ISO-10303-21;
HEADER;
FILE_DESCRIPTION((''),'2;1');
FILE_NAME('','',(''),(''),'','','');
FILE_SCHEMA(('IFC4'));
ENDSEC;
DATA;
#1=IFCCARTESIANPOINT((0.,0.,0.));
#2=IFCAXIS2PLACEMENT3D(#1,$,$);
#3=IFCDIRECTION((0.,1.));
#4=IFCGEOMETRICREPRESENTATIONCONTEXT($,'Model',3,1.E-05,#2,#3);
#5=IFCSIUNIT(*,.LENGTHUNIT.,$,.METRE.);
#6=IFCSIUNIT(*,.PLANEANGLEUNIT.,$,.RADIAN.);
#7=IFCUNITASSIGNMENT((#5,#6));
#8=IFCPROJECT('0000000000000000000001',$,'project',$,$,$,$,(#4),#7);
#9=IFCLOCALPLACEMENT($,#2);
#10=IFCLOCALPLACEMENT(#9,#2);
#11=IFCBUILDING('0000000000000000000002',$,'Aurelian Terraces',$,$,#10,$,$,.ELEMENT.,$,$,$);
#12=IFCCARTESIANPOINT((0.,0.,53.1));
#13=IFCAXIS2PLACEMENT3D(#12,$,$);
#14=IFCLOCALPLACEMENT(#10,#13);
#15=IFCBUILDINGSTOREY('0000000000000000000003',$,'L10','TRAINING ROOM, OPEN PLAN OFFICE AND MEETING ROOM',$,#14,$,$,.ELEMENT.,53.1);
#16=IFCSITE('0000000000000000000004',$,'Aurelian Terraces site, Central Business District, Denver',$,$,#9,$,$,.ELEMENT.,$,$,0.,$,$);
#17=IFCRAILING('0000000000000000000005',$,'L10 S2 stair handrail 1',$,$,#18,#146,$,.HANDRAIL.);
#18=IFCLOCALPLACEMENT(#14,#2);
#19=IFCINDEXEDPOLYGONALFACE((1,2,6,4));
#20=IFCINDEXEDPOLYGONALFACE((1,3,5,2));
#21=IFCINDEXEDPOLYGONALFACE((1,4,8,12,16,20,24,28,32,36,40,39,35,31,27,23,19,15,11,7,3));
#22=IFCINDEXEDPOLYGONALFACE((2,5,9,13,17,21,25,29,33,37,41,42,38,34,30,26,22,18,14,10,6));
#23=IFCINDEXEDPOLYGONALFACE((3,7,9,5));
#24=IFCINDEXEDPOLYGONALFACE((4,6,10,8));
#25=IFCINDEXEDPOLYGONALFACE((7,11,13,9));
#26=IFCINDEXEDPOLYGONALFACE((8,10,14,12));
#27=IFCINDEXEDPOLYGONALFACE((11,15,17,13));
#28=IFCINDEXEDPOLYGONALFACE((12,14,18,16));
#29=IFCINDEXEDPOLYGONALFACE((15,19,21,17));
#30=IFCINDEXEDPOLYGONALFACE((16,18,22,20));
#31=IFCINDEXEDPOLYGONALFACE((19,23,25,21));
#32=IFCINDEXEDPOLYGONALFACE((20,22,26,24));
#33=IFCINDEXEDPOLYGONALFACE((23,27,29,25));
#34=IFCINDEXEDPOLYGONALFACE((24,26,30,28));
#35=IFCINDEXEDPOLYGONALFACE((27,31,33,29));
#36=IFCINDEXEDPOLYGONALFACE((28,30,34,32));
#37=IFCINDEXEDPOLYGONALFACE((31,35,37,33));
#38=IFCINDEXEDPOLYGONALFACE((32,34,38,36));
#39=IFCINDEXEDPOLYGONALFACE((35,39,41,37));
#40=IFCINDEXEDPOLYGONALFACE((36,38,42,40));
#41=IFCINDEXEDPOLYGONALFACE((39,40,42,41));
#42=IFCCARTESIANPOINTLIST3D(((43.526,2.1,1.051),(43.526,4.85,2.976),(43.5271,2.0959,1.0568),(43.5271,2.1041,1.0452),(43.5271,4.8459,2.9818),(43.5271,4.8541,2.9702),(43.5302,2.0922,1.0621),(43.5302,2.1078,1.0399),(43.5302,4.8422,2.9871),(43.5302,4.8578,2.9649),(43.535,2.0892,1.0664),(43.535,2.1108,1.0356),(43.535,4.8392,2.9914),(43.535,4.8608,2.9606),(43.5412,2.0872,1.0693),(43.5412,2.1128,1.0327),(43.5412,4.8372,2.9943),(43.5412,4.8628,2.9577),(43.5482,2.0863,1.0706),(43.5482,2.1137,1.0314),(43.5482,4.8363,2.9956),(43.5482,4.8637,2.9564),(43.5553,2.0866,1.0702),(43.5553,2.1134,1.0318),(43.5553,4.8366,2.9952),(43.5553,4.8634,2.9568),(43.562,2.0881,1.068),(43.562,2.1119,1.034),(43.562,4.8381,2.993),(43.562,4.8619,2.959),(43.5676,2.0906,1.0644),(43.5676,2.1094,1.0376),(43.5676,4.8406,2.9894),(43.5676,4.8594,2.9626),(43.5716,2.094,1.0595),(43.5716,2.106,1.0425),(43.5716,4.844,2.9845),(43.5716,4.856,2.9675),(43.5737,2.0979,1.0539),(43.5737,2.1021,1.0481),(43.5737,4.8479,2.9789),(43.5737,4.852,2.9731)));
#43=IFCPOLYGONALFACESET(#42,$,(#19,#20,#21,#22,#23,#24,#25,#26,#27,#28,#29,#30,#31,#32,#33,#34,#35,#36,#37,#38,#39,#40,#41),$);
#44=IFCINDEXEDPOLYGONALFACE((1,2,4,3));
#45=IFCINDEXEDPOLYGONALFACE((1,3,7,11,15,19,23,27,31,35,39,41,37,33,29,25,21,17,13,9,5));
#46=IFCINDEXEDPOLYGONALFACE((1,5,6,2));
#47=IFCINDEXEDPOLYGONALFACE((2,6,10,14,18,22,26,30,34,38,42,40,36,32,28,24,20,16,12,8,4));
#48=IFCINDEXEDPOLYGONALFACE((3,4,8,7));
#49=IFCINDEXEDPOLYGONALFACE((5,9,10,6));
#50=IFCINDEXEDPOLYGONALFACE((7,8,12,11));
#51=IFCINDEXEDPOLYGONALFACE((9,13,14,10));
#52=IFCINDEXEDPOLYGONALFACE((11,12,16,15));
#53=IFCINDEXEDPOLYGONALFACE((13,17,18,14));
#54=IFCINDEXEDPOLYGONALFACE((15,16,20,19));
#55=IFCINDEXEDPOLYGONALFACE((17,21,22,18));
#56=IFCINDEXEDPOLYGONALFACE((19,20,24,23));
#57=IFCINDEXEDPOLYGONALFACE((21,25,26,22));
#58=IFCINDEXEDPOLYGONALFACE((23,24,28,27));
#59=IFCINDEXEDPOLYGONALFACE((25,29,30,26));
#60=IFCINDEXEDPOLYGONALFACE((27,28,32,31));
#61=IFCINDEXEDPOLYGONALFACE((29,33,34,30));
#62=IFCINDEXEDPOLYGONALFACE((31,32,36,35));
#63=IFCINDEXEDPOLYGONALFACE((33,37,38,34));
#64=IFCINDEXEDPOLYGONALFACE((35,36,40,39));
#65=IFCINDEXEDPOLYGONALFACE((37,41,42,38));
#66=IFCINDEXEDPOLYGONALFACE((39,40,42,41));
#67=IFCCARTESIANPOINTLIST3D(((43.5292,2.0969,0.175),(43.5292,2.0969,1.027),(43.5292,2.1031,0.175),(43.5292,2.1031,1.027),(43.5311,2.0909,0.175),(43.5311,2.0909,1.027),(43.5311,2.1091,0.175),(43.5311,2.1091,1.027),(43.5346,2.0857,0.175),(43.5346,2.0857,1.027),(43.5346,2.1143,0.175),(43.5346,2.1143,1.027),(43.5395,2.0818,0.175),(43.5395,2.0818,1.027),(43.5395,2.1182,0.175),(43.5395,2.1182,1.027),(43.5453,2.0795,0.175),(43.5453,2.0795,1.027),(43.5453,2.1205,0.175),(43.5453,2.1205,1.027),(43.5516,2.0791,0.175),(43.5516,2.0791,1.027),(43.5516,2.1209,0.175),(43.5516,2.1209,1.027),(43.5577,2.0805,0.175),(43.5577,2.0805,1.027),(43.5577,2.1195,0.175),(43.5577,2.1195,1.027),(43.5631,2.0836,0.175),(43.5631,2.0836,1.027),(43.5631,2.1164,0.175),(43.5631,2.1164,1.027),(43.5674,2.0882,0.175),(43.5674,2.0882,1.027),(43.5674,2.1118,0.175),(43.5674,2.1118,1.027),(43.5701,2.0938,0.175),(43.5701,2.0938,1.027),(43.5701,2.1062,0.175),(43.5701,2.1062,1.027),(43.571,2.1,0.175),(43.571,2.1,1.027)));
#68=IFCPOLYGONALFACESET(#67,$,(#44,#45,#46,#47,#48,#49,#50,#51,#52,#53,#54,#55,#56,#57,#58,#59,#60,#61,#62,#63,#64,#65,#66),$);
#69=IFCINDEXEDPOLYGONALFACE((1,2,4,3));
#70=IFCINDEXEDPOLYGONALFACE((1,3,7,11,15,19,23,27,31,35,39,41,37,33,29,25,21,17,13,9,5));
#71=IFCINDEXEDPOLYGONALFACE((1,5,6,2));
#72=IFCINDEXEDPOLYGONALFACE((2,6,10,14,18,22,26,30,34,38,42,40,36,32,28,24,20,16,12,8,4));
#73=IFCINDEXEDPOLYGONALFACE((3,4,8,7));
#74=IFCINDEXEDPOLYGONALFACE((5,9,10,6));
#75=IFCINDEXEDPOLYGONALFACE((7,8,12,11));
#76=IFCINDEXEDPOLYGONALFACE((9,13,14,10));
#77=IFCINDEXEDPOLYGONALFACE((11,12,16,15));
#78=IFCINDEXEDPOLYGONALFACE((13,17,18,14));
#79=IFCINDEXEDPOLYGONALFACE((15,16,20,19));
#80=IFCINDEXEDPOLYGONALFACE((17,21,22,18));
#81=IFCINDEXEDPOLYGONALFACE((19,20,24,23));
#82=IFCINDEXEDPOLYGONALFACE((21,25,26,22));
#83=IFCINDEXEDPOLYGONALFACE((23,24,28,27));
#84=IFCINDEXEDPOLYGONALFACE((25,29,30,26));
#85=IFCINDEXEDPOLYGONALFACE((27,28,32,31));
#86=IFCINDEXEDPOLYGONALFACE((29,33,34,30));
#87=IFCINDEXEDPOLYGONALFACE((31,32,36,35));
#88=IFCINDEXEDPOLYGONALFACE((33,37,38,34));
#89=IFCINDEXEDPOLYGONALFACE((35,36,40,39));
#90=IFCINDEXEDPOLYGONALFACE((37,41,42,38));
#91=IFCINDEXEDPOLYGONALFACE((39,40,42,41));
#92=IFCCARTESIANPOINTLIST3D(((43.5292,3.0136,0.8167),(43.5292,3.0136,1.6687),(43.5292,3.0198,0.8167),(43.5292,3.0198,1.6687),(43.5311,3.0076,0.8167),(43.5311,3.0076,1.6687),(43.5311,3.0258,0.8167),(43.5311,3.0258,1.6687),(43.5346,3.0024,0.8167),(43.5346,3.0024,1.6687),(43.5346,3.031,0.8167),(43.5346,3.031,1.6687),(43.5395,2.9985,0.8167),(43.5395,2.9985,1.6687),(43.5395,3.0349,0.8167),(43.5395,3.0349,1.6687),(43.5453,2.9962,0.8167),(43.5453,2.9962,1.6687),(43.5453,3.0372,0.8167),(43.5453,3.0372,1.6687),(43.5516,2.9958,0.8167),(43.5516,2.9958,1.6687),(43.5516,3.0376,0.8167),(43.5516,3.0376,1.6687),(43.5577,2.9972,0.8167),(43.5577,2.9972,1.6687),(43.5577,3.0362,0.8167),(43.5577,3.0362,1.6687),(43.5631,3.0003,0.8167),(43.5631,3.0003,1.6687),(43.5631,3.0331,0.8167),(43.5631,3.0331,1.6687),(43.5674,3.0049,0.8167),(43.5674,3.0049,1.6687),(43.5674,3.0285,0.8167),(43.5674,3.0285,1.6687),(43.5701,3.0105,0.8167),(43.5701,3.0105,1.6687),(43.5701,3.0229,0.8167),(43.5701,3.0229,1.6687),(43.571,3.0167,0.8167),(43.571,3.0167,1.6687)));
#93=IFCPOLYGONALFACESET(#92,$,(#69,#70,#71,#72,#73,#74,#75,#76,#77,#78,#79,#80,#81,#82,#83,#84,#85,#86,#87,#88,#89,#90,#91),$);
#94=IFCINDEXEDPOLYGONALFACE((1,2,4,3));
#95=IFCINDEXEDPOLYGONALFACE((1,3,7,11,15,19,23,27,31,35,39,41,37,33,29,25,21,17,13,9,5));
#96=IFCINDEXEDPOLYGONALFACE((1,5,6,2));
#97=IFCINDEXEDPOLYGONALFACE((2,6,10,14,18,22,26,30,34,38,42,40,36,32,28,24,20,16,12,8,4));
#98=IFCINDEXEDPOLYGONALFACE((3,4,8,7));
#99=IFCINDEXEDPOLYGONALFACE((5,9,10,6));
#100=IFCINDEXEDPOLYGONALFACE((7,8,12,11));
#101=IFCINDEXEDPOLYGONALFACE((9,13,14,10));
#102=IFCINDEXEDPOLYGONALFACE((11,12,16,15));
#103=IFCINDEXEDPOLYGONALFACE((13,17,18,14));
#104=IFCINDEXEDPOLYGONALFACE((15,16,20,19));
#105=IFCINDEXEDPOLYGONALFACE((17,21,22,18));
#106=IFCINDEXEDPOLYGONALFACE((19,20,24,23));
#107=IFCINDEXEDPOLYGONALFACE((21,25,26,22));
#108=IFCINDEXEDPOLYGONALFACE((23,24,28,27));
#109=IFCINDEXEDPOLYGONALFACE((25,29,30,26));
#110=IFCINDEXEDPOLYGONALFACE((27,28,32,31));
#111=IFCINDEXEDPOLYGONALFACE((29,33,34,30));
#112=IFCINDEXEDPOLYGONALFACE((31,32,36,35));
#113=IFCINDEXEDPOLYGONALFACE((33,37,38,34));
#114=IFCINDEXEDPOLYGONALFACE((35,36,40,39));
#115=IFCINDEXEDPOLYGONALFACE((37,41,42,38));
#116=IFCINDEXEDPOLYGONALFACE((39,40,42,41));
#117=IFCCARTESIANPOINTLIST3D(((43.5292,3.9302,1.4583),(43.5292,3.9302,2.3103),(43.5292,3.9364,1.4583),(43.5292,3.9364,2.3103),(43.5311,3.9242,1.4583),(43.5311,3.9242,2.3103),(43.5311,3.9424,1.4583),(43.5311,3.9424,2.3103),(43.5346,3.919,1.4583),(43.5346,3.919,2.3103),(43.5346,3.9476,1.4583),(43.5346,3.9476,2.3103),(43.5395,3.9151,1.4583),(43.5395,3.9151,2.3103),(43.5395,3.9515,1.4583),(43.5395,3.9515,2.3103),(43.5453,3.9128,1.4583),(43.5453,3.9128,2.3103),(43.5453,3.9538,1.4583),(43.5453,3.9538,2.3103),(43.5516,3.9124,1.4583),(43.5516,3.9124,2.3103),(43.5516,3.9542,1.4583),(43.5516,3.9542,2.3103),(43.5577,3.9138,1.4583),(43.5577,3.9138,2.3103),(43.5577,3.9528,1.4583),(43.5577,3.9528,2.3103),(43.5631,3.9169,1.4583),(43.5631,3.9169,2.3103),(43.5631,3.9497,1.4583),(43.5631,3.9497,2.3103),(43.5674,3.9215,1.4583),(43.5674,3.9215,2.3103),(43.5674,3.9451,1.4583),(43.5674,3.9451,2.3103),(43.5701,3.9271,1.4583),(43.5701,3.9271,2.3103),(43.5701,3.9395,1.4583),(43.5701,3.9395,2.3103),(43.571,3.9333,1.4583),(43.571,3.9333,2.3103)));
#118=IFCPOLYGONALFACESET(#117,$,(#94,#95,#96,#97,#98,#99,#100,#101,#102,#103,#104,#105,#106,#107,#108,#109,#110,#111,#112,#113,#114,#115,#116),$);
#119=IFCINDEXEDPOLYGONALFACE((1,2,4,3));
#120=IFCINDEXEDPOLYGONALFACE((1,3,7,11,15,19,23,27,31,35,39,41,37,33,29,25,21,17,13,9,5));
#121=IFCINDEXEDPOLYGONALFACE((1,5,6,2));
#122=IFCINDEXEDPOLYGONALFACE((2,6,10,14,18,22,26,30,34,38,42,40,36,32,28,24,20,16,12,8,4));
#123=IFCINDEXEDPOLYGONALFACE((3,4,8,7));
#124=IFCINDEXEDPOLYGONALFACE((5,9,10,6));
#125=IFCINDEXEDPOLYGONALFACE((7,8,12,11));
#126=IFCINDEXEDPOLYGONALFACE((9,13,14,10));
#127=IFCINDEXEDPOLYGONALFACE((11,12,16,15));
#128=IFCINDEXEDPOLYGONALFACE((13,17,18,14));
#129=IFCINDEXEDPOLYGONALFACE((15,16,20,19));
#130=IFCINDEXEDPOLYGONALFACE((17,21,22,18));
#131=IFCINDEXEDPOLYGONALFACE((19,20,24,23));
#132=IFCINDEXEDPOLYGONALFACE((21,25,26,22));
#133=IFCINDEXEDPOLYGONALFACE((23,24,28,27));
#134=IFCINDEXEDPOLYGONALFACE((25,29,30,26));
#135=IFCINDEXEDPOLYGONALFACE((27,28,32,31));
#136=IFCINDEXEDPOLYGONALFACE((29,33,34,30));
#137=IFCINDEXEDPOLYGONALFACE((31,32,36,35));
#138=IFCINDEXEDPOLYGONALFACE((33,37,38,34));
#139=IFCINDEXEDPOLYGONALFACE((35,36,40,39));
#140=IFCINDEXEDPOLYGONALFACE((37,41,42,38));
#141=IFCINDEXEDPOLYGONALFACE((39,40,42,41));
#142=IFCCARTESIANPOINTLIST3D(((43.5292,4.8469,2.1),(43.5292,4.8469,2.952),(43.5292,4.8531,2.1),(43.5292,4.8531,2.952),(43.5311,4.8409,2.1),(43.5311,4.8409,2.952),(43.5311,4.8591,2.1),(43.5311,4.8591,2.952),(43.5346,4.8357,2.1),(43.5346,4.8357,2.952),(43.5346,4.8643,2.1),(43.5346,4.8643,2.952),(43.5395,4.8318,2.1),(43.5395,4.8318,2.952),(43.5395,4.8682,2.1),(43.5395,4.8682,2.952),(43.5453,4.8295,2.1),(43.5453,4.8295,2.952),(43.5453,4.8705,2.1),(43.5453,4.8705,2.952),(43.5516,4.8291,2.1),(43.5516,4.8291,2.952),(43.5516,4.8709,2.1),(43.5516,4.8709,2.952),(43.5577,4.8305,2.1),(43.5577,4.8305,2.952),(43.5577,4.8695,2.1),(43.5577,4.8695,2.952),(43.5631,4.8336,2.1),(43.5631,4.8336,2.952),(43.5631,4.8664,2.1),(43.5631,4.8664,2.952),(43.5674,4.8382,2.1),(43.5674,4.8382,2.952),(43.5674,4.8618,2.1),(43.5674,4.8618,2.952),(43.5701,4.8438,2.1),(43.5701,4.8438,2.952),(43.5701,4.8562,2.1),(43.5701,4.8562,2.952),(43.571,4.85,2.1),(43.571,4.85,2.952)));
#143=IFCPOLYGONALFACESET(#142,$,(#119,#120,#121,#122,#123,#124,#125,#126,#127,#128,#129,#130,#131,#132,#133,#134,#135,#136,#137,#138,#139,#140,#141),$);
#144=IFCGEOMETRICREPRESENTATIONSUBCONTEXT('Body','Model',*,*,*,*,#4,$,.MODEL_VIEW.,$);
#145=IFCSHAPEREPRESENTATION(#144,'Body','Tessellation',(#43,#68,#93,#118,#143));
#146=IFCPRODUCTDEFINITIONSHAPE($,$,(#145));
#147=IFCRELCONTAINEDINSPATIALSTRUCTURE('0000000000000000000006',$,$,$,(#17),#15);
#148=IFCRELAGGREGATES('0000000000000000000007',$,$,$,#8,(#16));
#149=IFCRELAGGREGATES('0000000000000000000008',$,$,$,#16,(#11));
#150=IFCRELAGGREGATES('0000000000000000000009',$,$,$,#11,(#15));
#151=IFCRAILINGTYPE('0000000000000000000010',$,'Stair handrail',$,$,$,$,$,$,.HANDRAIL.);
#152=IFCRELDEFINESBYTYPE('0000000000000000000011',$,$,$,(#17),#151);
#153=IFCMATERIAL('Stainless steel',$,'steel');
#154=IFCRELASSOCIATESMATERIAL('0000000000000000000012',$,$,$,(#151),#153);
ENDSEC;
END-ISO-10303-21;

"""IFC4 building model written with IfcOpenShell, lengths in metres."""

from ifc_helpers import new_model, si_unit, direction, frame, origin, origin_2d, place, context, subcontext, project, spatial, circle, extrude, source, transform, mapped, material, type_object, element, save


model = new_model("IFC4")

# Units and contexts
model_context = context("Model", 3, precision=1e-05, world=origin(), true_north=direction((0.0, 1.0)))
body_context = subcontext(model_context, "Body", "Model", "MODEL_VIEW")
ifc_project = project(units=[si_unit("LENGTHUNIT", "METRE"), si_unit("PLANEANGLEUNIT", "RADIAN")], contexts=[model_context])

# Site, building, storey
site_placement = place(None, origin())
site = spatial("IfcSite", under=ifc_project, at=site_placement, Name="Aurelian Terraces site, Central Business District, Denver", CompositionType="ELEMENT", RefElevation=0.0)
building_placement = place(site_placement, origin())
building = spatial("IfcBuilding", under=site, at=building_placement, Name="Aurelian Terraces", CompositionType="ELEMENT")
storey_placement = place(building_placement, frame((0.0, 0.0, 53.1)))
storey = spatial("IfcBuildingStorey", under=building, at=storey_placement, Name="L10", Description="TRAINING ROOM, OPEN PLAN OFFICE AND MEETING ROOM", CompositionType="ELEMENT", Elevation=53.1)

# Railing
ifc_material_1 = material(Name="Stainless steel", Category="steel")
railing_type_1 = type_object("IfcRailingType", Name="Stair handrail", PredefinedType="HANDRAIL", material=ifc_material_1)
shared_shape_1 = source(origin(), body_context, "Body", "SweptSolid", [
    extrude(circle(Radius=0.024, at=origin_2d()), frame((0.0, 0.0, 0.876), z_axis=(0.0, 0.819232, 0.573462), x_axis=(-1.0, 0.0, 0.0)), (0.0, 0.0, 1.0), 3.3568),
    extrude(circle(Radius=0.021, at=origin_2d()), origin(), (0.0, 0.0, 1.0), 0.852),
    extrude(circle(Radius=0.021, at=origin_2d()), frame((0.0, 0.9167, 0.6417)), (0.0, 0.0, 1.0), 0.852),
    extrude(circle(Radius=0.021, at=origin_2d()), frame((0.0, 1.8333, 1.2833)), (0.0, 0.0, 1.0), 0.852),
    extrude(circle(Radius=0.021, at=origin_2d()), frame((0.0, 2.75, 1.925)), (0.0, 0.0, 1.0), 0.852),
])
railing_1_placement = place(storey_placement, frame((43.55, 2.1, 0.175)))
element("IfcRailing", 1, at=railing_1_placement, inside=storey, type_object=railing_type_1, Name="L10 S2 stair handrail 1", PredefinedType="HANDRAIL", context=body_context, shape_type="MappedRepresentation", body=[
    mapped(shared_shape_1, transform((0.0, 0.0, 0.0), scale=1.0)),
])

save(model, "model.ifc")
